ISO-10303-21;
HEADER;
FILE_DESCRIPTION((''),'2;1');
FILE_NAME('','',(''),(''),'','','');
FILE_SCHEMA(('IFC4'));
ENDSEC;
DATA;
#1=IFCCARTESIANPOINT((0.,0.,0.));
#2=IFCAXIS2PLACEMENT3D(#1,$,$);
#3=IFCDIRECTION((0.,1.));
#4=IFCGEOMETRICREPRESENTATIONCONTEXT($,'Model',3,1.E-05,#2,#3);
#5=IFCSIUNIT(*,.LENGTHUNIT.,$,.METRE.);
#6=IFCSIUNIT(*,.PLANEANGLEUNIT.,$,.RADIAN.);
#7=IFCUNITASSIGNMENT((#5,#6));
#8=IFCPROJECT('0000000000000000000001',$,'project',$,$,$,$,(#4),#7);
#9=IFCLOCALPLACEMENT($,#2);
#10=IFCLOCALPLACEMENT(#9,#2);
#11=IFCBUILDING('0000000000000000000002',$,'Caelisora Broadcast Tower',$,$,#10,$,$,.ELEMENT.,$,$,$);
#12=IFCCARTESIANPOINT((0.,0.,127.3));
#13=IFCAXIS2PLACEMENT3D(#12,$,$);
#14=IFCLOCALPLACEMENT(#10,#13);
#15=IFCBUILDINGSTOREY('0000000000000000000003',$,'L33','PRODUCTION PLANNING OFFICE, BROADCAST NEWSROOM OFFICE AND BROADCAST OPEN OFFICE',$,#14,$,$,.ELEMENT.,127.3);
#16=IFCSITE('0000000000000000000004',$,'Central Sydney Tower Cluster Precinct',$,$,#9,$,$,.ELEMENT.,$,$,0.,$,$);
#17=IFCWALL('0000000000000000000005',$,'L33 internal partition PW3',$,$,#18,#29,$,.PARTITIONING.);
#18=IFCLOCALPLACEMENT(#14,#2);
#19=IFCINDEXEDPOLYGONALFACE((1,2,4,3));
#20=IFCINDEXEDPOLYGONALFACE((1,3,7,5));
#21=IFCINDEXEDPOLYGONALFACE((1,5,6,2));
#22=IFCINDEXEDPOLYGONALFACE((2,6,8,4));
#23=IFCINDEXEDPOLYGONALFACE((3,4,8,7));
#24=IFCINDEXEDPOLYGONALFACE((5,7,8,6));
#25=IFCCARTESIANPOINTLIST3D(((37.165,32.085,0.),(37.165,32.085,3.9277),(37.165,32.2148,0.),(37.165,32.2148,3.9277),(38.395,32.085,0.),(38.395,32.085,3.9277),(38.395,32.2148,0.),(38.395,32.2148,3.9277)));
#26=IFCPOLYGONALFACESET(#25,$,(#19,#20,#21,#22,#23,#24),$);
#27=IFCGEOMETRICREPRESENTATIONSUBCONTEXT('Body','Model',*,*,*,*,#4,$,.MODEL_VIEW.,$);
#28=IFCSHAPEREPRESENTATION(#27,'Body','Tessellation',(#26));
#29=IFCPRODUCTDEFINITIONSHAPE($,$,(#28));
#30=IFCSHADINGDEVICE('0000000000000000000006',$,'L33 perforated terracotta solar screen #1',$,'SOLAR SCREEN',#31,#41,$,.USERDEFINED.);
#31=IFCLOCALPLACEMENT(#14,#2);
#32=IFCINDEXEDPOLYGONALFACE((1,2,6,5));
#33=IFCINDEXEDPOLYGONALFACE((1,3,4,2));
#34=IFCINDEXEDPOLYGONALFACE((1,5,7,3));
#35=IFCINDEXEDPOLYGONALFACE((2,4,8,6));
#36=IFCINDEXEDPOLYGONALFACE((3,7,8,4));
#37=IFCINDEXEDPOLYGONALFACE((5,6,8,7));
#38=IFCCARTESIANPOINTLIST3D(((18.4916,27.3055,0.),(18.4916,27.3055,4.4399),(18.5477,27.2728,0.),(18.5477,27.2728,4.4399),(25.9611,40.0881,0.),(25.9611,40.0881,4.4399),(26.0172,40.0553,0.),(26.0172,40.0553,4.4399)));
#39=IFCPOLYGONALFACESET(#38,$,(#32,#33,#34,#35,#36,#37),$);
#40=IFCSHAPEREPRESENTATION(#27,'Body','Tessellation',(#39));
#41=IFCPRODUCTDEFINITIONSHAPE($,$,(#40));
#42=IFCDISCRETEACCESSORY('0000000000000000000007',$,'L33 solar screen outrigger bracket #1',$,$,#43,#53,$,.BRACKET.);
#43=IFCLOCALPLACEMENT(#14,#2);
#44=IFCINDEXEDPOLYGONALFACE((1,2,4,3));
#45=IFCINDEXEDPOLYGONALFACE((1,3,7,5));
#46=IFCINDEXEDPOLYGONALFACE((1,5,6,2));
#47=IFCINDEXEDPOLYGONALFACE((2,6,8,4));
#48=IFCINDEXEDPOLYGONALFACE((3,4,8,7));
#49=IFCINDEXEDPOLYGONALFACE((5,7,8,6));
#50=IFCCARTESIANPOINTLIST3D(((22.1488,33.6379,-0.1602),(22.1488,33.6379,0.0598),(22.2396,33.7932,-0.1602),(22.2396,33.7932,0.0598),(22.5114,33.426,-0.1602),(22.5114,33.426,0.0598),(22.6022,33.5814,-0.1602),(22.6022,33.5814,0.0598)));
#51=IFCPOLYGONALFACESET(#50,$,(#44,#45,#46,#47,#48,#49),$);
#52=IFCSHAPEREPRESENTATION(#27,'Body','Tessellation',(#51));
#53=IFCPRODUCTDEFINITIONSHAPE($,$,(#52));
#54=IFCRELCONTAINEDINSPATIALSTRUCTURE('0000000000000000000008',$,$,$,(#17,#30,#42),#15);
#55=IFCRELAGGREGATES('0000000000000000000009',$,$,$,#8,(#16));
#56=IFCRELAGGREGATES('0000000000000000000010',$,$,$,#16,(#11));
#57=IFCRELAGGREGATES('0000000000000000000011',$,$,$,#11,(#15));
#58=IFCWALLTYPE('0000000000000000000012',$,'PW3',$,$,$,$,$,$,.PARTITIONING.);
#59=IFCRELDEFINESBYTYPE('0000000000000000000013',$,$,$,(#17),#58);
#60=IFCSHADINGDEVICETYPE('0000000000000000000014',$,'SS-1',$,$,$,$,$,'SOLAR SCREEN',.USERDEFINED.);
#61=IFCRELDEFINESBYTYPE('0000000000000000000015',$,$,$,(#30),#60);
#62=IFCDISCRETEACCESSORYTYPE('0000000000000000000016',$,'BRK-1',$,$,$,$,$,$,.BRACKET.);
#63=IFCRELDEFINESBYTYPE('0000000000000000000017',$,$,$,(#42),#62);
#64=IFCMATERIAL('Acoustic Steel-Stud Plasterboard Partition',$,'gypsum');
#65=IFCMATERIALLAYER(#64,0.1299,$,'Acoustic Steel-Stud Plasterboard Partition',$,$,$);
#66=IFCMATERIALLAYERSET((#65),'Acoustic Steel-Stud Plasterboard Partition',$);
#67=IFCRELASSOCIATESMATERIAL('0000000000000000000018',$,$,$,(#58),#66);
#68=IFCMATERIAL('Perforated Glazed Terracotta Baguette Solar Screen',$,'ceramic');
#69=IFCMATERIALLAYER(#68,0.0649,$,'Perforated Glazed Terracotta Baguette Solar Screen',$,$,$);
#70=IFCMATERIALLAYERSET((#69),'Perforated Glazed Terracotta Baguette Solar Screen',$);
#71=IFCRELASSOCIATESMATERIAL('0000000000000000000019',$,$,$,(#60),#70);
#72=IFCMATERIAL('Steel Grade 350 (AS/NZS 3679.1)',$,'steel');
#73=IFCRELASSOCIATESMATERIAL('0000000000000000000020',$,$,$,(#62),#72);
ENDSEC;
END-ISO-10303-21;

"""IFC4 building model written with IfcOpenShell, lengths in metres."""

from ifc_helpers import new_model, si_unit, direction, frame, frame_2d, origin, origin_2d, place, context, subcontext, project, spatial, rectangle, extrude, source, transform, mapped, material, layer, layer_set, type_object, type_shapes, element, save


model = new_model("IFC4")

# Units and contexts
model_context = context("Model", 3, precision=1e-05, world=origin(), true_north=direction((0.0, 1.0)))
body_context = subcontext(model_context, "Body", "Model", "MODEL_VIEW")
ifc_project = project(units=[si_unit("LENGTHUNIT", "METRE"), si_unit("PLANEANGLEUNIT", "RADIAN")], contexts=[model_context])

# Site, building, storey
site_placement = place(None, origin())
site = spatial("IfcSite", under=ifc_project, at=site_placement, Name="Central Sydney Tower Cluster Precinct", CompositionType="ELEMENT", RefElevation=0.0)
building_placement = place(site_placement, origin())
building = spatial("IfcBuilding", under=site, at=building_placement, Name="Caelisora Broadcast Tower", CompositionType="ELEMENT")
storey_placement = place(building_placement, frame((0.0, 0.0, 127.3)))
storey = spatial("IfcBuildingStorey", under=building, at=storey_placement, Name="L33", Description="PRODUCTION PLANNING OFFICE, BROADCAST NEWSROOM OFFICE AND BROADCAST OPEN OFFICE", CompositionType="ELEMENT", Elevation=127.3)

# Shared definitions
ifc_material_1 = material(Name="Steel Grade 350 (AS/NZS 3679.1)", Category="steel")

# Shared definitions
ifc_material_2 = material(Name="Acoustic Steel-Stud Plasterboard Partition", Category="gypsum")
ifc_layer_1 = layer(ifc_material_2, 0.1299, Name="Acoustic Steel-Stud Plasterboard Partition")
ifc_layer_set_1 = layer_set([ifc_layer_1], Name="Acoustic Steel-Stud Plasterboard Partition")
wall_type = type_object("IfcWallType", Name="PW3", PredefinedType="PARTITIONING", material=ifc_layer_set_1)

# Wall
wall_1_placement = place(storey_placement, frame((37.165, 32.1499, 0.0), z_axis=(0.0, 0.0, 1.0), x_axis=(1.0, 0.0, 0.0)))
element("IfcWall", 1, at=wall_1_placement, inside=storey, type_object=wall_type, Name="L33 internal partition PW3", PredefinedType="PARTITIONING", context=body_context, shape_type="SweptSolid", body=[
    extrude(rectangle(XDim=1.23, YDim=0.1299, at=frame_2d((0.615, 0.0))), origin(), (0.0, 0.0, 1.0), 3.9277),
])

# Shading device
ifc_material_3 = material(Name="Perforated Glazed Terracotta Baguette Solar Screen", Category="ceramic")
ifc_layer_2 = layer(ifc_material_3, 0.0649, Name="Perforated Glazed Terracotta Baguette Solar Screen")
ifc_layer_set_2 = layer_set([ifc_layer_2], Name="Perforated Glazed Terracotta Baguette Solar Screen")
shading_device_type = type_object("IfcShadingDeviceType", Name="SS-1", ElementType="SOLAR SCREEN", PredefinedType="USERDEFINED", material=ifc_layer_set_2)
shared_shape_1 = source(origin(), body_context, "Body", "SweptSolid", [
    extrude(rectangle(XDim=14.8049, YDim=0.0649, at=origin_2d()), origin(), (0.0, 0.0, 1.0), 4.4399),
])
type_shapes(shading_device_type, [shared_shape_1])
shading_device_placement = place(storey_placement, frame((22.2544, 33.6804, 0.0), z_axis=(0.0, 0.0, 1.0), x_axis=(-0.504528, -0.863396, 0.0)))
element("IfcShadingDevice", 2, at=shading_device_placement, inside=storey, type_object=shading_device_type, Name="L33 perforated terracotta solar screen #1", ObjectType="SOLAR SCREEN", PredefinedType="USERDEFINED", context=body_context, shape_type="MappedRepresentation", body=[
    mapped(shared_shape_1, transform((0.0, 0.0, 0.0), scale=1.0)),
])

# Discrete accessory
discrete_accessory_type = type_object("IfcDiscreteAccessoryType", Name="BRK-1", PredefinedType="BRACKET", material=ifc_material_1)
shared_shape_2 = source(origin(), body_context, "Body", "SweptSolid", [
    extrude(rectangle(XDim=0.1799, YDim=0.4199, at=origin_2d()), origin(), (0.0, 0.0, 1.0), 0.22),
])
type_shapes(discrete_accessory_type, [shared_shape_2])
discrete_accessory_placement = place(storey_placement, frame((22.3755, 33.6096, -0.1602), z_axis=(0.0, 0.0, 1.0), x_axis=(-0.504528, -0.863396, 0.0)))
element("IfcDiscreteAccessory", 3, at=discrete_accessory_placement, inside=storey, type_object=discrete_accessory_type, Name="L33 solar screen outrigger bracket #1", PredefinedType="BRACKET", context=body_context, shape_type="MappedRepresentation", body=[
    mapped(shared_shape_2, transform((0.0, 0.0, 0.0), scale=1.0)),
])

save(model, "model.ifc")
